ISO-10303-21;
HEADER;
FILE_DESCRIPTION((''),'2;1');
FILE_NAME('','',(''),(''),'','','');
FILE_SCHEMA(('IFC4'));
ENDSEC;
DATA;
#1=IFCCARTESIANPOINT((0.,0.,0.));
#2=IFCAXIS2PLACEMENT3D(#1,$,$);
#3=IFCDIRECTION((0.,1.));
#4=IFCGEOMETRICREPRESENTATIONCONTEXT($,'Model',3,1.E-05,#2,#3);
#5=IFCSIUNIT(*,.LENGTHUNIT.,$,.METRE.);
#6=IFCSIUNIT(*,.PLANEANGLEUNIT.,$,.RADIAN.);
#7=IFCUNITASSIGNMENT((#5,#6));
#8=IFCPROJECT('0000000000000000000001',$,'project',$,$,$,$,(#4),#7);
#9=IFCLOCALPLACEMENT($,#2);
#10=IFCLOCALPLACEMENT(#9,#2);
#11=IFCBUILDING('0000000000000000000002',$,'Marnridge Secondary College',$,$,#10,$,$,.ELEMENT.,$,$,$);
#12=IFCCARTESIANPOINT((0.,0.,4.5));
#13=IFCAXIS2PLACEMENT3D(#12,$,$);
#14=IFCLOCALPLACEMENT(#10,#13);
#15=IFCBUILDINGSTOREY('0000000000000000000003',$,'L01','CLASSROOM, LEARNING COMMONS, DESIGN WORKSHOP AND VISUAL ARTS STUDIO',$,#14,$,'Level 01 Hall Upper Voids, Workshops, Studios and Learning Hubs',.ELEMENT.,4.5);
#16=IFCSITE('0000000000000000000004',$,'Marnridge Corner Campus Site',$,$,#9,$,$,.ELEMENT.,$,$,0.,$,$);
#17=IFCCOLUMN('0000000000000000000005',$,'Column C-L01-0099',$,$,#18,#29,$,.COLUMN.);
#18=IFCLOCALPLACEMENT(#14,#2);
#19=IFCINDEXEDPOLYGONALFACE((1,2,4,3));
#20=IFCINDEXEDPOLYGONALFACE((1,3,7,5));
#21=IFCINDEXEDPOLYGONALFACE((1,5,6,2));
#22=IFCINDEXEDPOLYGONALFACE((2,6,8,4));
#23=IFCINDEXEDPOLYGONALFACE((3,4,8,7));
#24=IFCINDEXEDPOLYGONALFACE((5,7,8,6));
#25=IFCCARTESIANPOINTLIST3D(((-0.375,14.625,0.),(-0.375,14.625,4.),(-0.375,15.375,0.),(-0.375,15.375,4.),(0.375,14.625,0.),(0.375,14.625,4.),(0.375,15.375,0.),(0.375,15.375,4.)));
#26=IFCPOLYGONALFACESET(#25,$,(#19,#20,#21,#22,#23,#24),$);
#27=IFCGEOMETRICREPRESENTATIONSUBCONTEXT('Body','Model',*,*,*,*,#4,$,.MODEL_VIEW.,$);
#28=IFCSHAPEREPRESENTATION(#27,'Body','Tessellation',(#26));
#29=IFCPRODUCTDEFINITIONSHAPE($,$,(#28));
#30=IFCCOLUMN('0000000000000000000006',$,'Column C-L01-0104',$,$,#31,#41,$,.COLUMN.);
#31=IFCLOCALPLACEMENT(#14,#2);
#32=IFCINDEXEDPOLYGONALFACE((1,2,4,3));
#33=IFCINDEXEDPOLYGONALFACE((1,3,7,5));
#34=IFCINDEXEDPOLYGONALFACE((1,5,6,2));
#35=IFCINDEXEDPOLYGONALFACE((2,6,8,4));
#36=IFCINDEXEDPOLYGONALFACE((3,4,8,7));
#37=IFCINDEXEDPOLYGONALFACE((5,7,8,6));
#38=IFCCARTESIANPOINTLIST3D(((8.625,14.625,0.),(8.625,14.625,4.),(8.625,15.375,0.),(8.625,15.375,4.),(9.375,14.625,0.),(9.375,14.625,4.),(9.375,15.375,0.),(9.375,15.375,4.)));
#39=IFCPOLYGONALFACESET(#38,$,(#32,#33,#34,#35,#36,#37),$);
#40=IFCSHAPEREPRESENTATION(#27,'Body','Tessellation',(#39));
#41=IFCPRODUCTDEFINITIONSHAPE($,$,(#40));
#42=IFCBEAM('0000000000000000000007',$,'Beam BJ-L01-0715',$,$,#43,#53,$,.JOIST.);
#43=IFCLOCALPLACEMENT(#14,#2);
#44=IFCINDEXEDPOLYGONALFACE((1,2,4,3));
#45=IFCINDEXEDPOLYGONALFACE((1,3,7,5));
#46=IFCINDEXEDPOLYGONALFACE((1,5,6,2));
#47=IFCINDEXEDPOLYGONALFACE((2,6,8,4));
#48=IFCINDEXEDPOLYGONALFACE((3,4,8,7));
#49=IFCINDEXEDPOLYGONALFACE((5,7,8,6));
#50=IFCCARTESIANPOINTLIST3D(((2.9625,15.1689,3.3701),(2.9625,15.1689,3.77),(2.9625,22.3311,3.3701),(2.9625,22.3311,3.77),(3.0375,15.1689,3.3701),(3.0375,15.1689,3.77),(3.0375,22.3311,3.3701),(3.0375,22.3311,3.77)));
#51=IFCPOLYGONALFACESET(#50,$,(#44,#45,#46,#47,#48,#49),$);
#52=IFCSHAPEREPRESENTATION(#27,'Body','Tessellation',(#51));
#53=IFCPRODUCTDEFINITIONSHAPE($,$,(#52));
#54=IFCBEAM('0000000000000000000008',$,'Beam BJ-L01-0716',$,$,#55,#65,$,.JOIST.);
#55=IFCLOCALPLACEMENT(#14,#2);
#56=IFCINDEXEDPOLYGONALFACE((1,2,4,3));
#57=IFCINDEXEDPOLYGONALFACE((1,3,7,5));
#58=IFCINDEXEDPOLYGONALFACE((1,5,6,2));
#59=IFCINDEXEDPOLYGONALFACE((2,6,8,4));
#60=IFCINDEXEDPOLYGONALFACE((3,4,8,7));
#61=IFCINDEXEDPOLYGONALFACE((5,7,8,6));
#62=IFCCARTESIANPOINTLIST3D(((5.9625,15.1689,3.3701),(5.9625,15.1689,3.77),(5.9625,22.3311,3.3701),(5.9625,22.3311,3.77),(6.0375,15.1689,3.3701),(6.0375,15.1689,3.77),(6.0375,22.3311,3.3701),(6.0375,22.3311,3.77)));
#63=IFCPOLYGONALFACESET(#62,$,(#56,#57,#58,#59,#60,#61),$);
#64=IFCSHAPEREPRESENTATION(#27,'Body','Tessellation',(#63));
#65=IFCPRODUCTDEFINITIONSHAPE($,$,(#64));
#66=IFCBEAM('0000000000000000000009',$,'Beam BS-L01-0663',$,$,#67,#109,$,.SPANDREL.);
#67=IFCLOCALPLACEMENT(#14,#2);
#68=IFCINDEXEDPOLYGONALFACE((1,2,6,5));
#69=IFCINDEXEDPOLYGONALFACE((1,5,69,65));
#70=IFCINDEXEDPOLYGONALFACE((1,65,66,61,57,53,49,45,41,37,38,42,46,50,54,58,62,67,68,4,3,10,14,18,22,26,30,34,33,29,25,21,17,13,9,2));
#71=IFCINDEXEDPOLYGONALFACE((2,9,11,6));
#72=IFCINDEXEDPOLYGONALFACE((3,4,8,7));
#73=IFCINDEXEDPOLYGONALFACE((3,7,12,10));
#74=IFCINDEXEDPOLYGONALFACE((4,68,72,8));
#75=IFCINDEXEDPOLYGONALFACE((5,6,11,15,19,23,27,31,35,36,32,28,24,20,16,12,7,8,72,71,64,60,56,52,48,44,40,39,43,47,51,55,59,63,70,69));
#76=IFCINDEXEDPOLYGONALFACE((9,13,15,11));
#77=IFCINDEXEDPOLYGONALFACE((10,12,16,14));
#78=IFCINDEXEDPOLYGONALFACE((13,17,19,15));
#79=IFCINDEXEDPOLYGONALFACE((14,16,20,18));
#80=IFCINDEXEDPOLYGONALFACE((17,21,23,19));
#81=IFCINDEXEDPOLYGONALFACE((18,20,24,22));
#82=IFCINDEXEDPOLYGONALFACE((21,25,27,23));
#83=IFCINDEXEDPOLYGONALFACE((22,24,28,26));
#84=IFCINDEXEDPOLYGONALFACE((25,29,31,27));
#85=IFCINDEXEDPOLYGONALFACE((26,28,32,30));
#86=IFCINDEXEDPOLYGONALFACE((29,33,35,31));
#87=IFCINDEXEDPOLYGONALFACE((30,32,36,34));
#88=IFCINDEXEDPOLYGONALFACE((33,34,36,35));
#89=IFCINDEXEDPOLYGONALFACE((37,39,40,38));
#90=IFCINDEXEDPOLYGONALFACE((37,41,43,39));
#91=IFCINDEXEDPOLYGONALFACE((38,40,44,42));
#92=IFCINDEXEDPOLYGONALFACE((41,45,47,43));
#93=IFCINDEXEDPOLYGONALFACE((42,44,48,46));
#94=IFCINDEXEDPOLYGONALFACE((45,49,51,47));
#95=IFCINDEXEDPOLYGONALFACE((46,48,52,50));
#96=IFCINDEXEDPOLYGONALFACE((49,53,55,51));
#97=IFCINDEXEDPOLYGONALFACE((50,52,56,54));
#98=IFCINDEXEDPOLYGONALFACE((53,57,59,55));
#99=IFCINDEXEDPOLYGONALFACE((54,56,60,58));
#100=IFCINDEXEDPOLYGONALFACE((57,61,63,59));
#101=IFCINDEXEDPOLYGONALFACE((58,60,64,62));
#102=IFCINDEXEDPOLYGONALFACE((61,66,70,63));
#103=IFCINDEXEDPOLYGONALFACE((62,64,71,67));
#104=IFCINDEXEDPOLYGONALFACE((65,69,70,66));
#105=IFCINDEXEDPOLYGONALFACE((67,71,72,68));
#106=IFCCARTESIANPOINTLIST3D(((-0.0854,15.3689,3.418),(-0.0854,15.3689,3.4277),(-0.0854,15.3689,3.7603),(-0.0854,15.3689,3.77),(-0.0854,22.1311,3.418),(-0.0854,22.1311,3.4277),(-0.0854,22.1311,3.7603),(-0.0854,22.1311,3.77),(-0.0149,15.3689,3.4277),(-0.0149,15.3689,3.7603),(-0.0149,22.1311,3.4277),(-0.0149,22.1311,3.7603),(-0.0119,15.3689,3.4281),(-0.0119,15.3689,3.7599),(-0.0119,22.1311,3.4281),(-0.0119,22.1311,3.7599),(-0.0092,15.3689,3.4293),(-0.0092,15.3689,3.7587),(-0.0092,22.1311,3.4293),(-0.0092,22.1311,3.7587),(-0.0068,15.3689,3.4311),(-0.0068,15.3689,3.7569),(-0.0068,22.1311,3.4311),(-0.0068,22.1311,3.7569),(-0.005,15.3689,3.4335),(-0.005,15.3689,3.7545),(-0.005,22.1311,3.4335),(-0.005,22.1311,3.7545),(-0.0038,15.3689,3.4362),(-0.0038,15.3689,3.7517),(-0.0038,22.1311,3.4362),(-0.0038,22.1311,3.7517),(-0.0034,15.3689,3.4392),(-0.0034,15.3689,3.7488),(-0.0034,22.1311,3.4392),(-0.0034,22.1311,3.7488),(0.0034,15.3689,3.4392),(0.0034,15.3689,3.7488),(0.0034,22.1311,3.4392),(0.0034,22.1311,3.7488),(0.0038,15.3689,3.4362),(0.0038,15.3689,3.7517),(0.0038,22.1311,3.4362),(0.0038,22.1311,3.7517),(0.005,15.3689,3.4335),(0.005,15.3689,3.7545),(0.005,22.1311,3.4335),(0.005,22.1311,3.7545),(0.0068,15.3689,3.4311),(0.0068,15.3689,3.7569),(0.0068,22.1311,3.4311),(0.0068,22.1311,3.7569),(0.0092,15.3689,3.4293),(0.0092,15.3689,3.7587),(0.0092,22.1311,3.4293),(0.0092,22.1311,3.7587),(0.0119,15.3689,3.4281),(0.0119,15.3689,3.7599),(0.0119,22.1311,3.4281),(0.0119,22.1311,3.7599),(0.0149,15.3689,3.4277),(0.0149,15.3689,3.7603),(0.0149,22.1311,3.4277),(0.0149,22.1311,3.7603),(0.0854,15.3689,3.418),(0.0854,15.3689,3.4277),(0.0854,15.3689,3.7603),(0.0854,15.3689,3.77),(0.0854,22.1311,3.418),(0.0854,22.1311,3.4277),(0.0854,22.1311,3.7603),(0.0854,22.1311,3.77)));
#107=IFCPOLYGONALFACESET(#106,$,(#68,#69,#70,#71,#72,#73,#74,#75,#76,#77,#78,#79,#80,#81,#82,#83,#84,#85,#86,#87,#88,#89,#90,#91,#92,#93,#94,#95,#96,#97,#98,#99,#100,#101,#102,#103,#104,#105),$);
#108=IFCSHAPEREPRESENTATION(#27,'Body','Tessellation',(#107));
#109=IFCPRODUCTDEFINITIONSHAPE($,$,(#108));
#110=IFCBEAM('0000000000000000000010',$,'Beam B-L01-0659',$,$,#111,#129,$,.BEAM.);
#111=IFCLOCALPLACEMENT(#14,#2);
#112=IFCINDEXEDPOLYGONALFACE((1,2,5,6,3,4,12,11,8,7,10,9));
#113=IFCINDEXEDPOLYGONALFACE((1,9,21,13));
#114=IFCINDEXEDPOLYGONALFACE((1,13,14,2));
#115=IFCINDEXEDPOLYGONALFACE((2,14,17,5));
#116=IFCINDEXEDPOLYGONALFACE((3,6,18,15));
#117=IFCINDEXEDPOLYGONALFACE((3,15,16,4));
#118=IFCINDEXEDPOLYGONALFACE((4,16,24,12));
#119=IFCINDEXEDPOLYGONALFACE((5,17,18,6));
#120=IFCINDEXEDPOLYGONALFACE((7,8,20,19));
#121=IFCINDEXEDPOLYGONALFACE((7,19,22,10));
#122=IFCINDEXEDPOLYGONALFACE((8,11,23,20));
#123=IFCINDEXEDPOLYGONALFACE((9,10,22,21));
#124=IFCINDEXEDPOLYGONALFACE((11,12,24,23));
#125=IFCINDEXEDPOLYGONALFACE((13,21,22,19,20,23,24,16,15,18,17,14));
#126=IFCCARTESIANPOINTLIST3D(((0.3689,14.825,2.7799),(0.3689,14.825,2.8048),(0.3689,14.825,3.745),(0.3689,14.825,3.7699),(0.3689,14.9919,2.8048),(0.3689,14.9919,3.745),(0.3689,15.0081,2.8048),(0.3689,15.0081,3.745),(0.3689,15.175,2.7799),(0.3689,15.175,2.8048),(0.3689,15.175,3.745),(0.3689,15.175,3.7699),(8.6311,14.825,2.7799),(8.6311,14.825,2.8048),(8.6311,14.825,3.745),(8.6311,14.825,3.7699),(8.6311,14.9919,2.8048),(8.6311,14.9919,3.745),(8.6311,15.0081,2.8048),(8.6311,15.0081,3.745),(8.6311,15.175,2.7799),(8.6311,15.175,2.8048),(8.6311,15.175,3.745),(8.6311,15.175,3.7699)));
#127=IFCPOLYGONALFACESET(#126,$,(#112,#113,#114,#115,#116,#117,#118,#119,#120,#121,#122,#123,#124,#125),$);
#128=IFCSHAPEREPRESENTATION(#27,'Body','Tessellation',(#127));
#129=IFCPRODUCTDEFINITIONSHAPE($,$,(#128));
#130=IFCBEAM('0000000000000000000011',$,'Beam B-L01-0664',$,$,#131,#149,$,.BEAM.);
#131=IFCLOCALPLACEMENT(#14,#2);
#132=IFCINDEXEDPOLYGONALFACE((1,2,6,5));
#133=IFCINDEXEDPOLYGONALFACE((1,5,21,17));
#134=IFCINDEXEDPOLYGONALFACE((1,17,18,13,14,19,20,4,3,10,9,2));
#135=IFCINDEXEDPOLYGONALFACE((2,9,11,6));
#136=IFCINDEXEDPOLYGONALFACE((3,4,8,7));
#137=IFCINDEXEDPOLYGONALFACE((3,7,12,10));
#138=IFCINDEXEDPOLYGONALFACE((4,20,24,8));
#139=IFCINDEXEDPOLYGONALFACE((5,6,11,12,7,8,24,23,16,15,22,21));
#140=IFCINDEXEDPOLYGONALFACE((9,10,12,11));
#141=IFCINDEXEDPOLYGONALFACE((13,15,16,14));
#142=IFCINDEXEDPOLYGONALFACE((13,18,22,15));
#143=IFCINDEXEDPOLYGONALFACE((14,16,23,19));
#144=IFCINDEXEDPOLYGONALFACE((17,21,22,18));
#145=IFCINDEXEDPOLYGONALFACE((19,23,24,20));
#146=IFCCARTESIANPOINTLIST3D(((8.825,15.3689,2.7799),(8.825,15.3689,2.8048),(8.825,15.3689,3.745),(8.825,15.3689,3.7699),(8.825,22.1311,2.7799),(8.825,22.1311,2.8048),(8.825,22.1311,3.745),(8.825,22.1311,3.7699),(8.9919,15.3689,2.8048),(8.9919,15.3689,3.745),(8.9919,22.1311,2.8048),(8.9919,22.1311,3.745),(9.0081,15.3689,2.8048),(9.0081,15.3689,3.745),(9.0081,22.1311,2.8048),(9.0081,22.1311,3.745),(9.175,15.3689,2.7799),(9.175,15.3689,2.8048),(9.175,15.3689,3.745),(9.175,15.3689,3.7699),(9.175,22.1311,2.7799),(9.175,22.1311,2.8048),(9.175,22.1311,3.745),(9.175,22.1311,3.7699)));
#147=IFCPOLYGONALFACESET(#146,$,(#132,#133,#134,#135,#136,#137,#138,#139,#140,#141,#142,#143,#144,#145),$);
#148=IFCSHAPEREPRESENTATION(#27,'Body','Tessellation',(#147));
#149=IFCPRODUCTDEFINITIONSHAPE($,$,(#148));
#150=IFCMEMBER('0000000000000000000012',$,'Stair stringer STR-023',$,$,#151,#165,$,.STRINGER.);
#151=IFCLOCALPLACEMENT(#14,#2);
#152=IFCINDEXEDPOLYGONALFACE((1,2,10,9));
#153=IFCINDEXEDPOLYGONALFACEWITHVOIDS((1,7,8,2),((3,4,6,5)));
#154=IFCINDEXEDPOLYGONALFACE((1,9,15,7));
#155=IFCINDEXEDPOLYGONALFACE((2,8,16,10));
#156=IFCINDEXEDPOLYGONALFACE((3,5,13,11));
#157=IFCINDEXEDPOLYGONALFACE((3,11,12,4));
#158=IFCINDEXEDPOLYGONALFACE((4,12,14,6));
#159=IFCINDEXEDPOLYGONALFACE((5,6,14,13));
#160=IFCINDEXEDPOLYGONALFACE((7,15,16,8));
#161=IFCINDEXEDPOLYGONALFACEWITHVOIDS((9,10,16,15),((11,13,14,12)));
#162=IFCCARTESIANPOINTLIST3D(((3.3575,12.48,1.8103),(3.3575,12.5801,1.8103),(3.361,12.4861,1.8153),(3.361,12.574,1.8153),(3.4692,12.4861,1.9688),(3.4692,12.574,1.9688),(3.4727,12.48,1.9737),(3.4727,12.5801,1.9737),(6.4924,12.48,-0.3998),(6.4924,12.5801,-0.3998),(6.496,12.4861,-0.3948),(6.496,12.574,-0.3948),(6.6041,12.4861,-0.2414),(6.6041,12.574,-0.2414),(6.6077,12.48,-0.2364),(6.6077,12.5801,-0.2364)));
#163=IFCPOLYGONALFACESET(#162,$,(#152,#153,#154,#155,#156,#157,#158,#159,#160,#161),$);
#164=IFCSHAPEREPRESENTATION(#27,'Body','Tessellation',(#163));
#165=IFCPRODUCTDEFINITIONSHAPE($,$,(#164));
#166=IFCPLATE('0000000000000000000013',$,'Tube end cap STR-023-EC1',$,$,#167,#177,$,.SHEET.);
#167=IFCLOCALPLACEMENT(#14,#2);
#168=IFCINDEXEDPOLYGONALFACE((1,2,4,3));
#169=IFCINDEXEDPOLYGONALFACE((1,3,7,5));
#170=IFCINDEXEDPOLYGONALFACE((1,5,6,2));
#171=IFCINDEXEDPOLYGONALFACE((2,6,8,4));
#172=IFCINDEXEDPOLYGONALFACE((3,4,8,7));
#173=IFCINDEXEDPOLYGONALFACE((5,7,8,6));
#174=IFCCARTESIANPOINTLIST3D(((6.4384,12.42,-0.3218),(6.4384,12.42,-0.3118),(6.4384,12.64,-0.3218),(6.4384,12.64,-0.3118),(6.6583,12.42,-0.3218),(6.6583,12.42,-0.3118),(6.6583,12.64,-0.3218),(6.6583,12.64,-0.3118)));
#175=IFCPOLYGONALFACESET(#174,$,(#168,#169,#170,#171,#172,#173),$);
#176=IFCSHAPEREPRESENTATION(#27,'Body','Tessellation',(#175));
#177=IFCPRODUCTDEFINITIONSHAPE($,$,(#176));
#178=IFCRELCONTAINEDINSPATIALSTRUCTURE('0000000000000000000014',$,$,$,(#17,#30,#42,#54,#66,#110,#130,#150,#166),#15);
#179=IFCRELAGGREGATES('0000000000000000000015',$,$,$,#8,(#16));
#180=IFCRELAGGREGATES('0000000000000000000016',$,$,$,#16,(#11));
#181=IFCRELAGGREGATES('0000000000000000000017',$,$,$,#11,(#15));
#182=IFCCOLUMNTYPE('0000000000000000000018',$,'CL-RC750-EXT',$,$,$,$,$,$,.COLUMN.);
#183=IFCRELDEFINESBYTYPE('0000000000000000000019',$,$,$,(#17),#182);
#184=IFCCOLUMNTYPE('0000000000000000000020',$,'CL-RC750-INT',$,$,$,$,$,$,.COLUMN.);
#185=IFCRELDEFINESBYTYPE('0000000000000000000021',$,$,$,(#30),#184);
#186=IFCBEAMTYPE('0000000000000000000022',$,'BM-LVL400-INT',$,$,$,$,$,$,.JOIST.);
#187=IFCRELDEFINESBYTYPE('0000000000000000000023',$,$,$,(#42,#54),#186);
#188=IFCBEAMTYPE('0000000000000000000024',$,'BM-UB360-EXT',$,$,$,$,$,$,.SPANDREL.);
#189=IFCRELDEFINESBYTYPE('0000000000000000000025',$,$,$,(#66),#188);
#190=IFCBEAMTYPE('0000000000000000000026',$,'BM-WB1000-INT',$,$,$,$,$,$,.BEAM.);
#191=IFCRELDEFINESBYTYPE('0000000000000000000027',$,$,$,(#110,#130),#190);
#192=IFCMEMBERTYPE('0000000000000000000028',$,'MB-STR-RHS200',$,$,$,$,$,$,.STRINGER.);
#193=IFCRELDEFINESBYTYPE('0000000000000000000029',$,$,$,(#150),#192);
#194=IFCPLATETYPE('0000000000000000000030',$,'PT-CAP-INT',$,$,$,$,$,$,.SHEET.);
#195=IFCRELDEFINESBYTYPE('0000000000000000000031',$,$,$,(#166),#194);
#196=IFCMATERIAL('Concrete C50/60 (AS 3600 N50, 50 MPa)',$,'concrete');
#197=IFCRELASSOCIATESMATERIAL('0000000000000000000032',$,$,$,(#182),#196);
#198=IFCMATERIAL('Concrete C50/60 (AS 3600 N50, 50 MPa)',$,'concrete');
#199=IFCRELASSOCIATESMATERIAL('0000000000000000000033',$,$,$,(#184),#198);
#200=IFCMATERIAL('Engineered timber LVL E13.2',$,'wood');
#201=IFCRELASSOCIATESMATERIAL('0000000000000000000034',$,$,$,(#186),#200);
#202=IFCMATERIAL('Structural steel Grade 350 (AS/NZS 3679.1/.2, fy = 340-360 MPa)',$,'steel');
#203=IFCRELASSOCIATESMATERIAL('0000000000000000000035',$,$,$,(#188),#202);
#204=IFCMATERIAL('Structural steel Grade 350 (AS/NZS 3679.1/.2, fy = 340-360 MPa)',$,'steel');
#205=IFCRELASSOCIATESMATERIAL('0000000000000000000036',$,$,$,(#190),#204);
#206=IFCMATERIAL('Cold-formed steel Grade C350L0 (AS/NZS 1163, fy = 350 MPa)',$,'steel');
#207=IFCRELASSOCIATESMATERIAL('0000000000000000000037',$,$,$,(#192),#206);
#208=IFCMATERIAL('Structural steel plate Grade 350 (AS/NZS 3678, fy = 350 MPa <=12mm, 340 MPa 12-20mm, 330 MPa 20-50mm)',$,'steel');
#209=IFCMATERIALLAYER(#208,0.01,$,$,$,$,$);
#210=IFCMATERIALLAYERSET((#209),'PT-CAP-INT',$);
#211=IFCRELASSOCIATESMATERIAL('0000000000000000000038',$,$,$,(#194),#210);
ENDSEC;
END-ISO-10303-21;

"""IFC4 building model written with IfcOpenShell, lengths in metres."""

from ifc_helpers import new_model, si_unit, direction, frame, origin, origin_2d, place, context, subcontext, project, spatial, rectangle, hollow_rectangle, i_section, extrude, material, layer, layer_set, material_profile, profile_set, type_object, element, save


model = new_model("IFC4")

# Units and contexts
model_context = context("Model", 3, precision=1e-05, world=origin(), true_north=direction((0.0, 1.0)))
body_context = subcontext(model_context, "Body", "Model", "MODEL_VIEW")
ifc_project = project(units=[si_unit("LENGTHUNIT", "METRE"), si_unit("PLANEANGLEUNIT", "RADIAN")], contexts=[model_context])

# Site, building, storey
site_placement = place(None, origin())
site = spatial("IfcSite", under=ifc_project, at=site_placement, Name="Marnridge Corner Campus Site", CompositionType="ELEMENT", RefElevation=0.0)
building_placement = place(site_placement, origin())
building = spatial("IfcBuilding", under=site, at=building_placement, Name="Marnridge Secondary College", CompositionType="ELEMENT")
storey_placement = place(building_placement, frame((0.0, 0.0, 4.5)))
storey = spatial("IfcBuildingStorey", under=building, at=storey_placement, Name="L01", Description="CLASSROOM, LEARNING COMMONS, DESIGN WORKSHOP AND VISUAL ARTS STUDIO", LongName="Level 01 Hall Upper Voids, Workshops, Studios and Learning Hubs", CompositionType="ELEMENT", Elevation=4.5)

# Columns
ifc_material_1 = material(Name="Concrete C50/60 (AS 3600 N50, 50 MPa)", Category="concrete")
ifc_material_profile_1 = material_profile(ifc_material_1, rectangle(XDim=0.75, YDim=0.75, at=origin_2d()), Name="RC 750x750")
ifc_profile_set_1 = profile_set([ifc_material_profile_1], Name="Concrete C50/60 (AS 3600 N50, 50 MPa)")
column_type_1 = type_object("IfcColumnType", Name="CL-RC750-EXT", PredefinedType="COLUMN", material=ifc_profile_set_1)
column_1_placement = place(storey_placement, frame((0.0, 15.0, 0.0), z_axis=(0.0, 0.0, 1.0), x_axis=(1.0, 0.0, 0.0)))
element("IfcColumn", 1, at=column_1_placement, inside=storey, type_object=column_type_1, Name="Column C-L01-0099", PredefinedType="COLUMN", context=body_context, shape_type="SweptSolid", body=[
    extrude(rectangle(XDim=0.75, YDim=0.75, at=origin_2d()), origin(), (0.0, 0.0, 1.0), 4.0),
])
ifc_material_2 = material(Name="Concrete C50/60 (AS 3600 N50, 50 MPa)", Category="concrete")
ifc_material_profile_2 = material_profile(ifc_material_2, rectangle(XDim=0.75, YDim=0.75, at=origin_2d()), Name="RC 750x750")
ifc_profile_set_2 = profile_set([ifc_material_profile_2], Name="Concrete C50/60 (AS 3600 N50, 50 MPa)")
column_type_2 = type_object("IfcColumnType", Name="CL-RC750-INT", PredefinedType="COLUMN", material=ifc_profile_set_2)
column_2_placement = place(storey_placement, frame((9.0, 15.0, 0.0), z_axis=(0.0, 0.0, 1.0), x_axis=(1.0, 0.0, 0.0)))
element("IfcColumn", 2, at=column_2_placement, inside=storey, type_object=column_type_2, Name="Column C-L01-0104", PredefinedType="COLUMN", context=body_context, shape_type="SweptSolid", body=[
    extrude(rectangle(XDim=0.75, YDim=0.75, at=origin_2d()), origin(), (0.0, 0.0, 1.0), 4.0),
])

# Beams
ifc_material_3 = material(Name="Engineered timber LVL E13.2", Category="wood")
ifc_material_profile_3 = material_profile(ifc_material_3, rectangle(XDim=0.075, YDim=0.3999, at=origin_2d()), Name="LVL 75x400")
ifc_profile_set_3 = profile_set([ifc_material_profile_3], Name="Engineered timber LVL E13.2")
beam_type_1 = type_object("IfcBeamType", Name="BM-LVL400-INT", PredefinedType="JOIST", material=ifc_profile_set_3)
for number, where, z_axis, x_axis, name in (
    (3, (3.0, 15.1689, 3.5701), (0.0, 1.0, 0.0), (-1.0, 0.0, 0.0), "Beam BJ-L01-0715"),
    (4, (6.0, 15.1689, 3.5701), (0.0, 1.0, 0.0), (-1.0, 0.0, 0.0), "Beam BJ-L01-0716"),
):
    element("IfcBeam", number, at=place(storey_placement, frame(where, z_axis=z_axis, x_axis=x_axis)), inside=storey, type_object=beam_type_1, Name=name, PredefinedType="JOIST", context=body_context, shape_type="SweptSolid", body=[
        extrude(rectangle(XDim=0.075, YDim=0.3999, at=origin_2d()), origin(), (0.0, 0.0, 1.0), 7.1621),
    ])
ifc_material_4 = material(Name="Structural steel Grade 350 (AS/NZS 3679.1/.2, fy = 340-360 MPa)", Category="steel")
ifc_material_profile_4 = material_profile(ifc_material_4, i_section(OverallWidth=0.1709, OverallDepth=0.3521, WebThickness=0.0068, FlangeThickness=0.0098, FilletRadius=0.0115, at=origin_2d()), Name="360UB44.7")
ifc_profile_set_4 = profile_set([ifc_material_profile_4], Name="Structural steel Grade 350 (AS/NZS 3679.1/.2, fy = 340-360 MPa)")
beam_type_2 = type_object("IfcBeamType", Name="BM-UB360-EXT", PredefinedType="SPANDREL", material=ifc_profile_set_4)
beam_1_placement = place(storey_placement, frame((0.0, 15.3689, 3.594), z_axis=(0.0, 1.0, 0.0), x_axis=(-1.0, 0.0, 0.0)))
element("IfcBeam", 5, at=beam_1_placement, inside=storey, type_object=beam_type_2, Name="Beam BS-L01-0663", PredefinedType="SPANDREL", context=body_context, shape_type="SweptSolid", body=[
    extrude(i_section(OverallWidth=0.1709, OverallDepth=0.3521, WebThickness=0.0068, FlangeThickness=0.0098, FilletRadius=0.0115, at=origin_2d()), origin(), (0.0, 0.0, 1.0), 6.7622),
])
ifc_material_5 = material(Name="Structural steel Grade 350 (AS/NZS 3679.1/.2, fy = 340-360 MPa)", Category="steel")
ifc_material_profile_5 = material_profile(ifc_material_5, i_section(OverallWidth=0.3501, OverallDepth=0.99, WebThickness=0.0161, FlangeThickness=0.0249, at=origin_2d()), Name="1000WB258")
ifc_profile_set_5 = profile_set([ifc_material_profile_5], Name="Structural steel Grade 350 (AS/NZS 3679.1/.2, fy = 340-360 MPa)")
beam_type_3 = type_object("IfcBeamType", Name="BM-WB1000-INT", PredefinedType="BEAM", material=ifc_profile_set_5)
beam_2_placement = place(storey_placement, frame((0.3689, 15.0, 3.2749), z_axis=(1.0, 0.0, 0.0), x_axis=(0.0, 1.0, 0.0)))
element("IfcBeam", 6, at=beam_2_placement, inside=storey, type_object=beam_type_3, Name="Beam B-L01-0659", PredefinedType="BEAM", context=body_context, shape_type="SweptSolid", body=[
    extrude(i_section(OverallWidth=0.3501, OverallDepth=0.99, WebThickness=0.0161, FlangeThickness=0.0249, at=origin_2d()), origin(), (0.0, 0.0, 1.0), 8.2622),
])
beam_3_placement = place(storey_placement, frame((9.0, 15.3689, 3.2749), z_axis=(0.0, 1.0, 0.0), x_axis=(-1.0, 0.0, 0.0)))
element("IfcBeam", 7, at=beam_3_placement, inside=storey, type_object=beam_type_3, Name="Beam B-L01-0664", PredefinedType="BEAM", context=body_context, shape_type="SweptSolid", body=[
    extrude(i_section(OverallWidth=0.3501, OverallDepth=0.99, WebThickness=0.0161, FlangeThickness=0.0249, at=origin_2d()), origin(), (0.0, 0.0, 1.0), 6.7622),
])

# Member
ifc_material_6 = material(Name="Cold-formed steel Grade C350L0 (AS/NZS 1163, fy = 350 MPa)", Category="steel")
ifc_material_profile_6 = material_profile(ifc_material_6, hollow_rectangle(XDim=0.1001, YDim=0.2, WallThickness=0.0061, at=origin_2d()), Name="200x100x6.0RHS")
ifc_profile_set_6 = profile_set([ifc_material_profile_6], Name="Cold-formed steel Grade C350L0 (AS/NZS 1163, fy = 350 MPa)")
member_type = type_object("IfcMemberType", Name="MB-STR-RHS200", PredefinedType="STRINGER", material=ifc_profile_set_6)
member_placement = place(storey_placement, frame((6.55, 12.53, -0.3181), z_axis=(-0.817305, 0.0, 0.576206), x_axis=(0.0, -1.0, 0.0)))
element("IfcMember", 8, at=member_placement, inside=storey, type_object=member_type, Name="Stair stringer STR-023", PredefinedType="STRINGER", context=body_context, shape_type="SweptSolid", body=[
    extrude(hollow_rectangle(XDim=0.1001, YDim=0.2, WallThickness=0.0061, at=origin_2d()), origin(), (0.0, 0.0, 1.0), 3.8357),
])

# Plate
ifc_material_7 = material(Name="Structural steel plate Grade 350 (AS/NZS 3678, fy = 350 MPa <=12mm, 340 MPa 12-20mm, 330 MPa 20-50mm)", Category="steel")
ifc_layer_1 = layer(ifc_material_7, 0.01)
ifc_layer_set_1 = layer_set([ifc_layer_1], Name="PT-CAP-INT")
plate_type = type_object("IfcPlateType", Name="PT-CAP-INT", PredefinedType="SHEET", material=ifc_layer_set_1)
for number, where, z_axis, x_axis, name in (
    (9, (6.5483, 12.53, -0.3218), (0.0, 0.0, 1.0), (-1.0, 0.0, 0.0), "Tube end cap STR-023-EC1"),
):
    element("IfcPlate", number, at=place(storey_placement, frame(where, z_axis=z_axis, x_axis=x_axis)), inside=storey, type_object=plate_type, Name=name, PredefinedType="SHEET", context=body_context, shape_type="SweptSolid", body=[
        extrude(rectangle(XDim=0.22, YDim=0.22, at=origin_2d()), origin(), (0.0, 0.0, 1.0), 0.01),
    ])

save(model, "model.ifc")
